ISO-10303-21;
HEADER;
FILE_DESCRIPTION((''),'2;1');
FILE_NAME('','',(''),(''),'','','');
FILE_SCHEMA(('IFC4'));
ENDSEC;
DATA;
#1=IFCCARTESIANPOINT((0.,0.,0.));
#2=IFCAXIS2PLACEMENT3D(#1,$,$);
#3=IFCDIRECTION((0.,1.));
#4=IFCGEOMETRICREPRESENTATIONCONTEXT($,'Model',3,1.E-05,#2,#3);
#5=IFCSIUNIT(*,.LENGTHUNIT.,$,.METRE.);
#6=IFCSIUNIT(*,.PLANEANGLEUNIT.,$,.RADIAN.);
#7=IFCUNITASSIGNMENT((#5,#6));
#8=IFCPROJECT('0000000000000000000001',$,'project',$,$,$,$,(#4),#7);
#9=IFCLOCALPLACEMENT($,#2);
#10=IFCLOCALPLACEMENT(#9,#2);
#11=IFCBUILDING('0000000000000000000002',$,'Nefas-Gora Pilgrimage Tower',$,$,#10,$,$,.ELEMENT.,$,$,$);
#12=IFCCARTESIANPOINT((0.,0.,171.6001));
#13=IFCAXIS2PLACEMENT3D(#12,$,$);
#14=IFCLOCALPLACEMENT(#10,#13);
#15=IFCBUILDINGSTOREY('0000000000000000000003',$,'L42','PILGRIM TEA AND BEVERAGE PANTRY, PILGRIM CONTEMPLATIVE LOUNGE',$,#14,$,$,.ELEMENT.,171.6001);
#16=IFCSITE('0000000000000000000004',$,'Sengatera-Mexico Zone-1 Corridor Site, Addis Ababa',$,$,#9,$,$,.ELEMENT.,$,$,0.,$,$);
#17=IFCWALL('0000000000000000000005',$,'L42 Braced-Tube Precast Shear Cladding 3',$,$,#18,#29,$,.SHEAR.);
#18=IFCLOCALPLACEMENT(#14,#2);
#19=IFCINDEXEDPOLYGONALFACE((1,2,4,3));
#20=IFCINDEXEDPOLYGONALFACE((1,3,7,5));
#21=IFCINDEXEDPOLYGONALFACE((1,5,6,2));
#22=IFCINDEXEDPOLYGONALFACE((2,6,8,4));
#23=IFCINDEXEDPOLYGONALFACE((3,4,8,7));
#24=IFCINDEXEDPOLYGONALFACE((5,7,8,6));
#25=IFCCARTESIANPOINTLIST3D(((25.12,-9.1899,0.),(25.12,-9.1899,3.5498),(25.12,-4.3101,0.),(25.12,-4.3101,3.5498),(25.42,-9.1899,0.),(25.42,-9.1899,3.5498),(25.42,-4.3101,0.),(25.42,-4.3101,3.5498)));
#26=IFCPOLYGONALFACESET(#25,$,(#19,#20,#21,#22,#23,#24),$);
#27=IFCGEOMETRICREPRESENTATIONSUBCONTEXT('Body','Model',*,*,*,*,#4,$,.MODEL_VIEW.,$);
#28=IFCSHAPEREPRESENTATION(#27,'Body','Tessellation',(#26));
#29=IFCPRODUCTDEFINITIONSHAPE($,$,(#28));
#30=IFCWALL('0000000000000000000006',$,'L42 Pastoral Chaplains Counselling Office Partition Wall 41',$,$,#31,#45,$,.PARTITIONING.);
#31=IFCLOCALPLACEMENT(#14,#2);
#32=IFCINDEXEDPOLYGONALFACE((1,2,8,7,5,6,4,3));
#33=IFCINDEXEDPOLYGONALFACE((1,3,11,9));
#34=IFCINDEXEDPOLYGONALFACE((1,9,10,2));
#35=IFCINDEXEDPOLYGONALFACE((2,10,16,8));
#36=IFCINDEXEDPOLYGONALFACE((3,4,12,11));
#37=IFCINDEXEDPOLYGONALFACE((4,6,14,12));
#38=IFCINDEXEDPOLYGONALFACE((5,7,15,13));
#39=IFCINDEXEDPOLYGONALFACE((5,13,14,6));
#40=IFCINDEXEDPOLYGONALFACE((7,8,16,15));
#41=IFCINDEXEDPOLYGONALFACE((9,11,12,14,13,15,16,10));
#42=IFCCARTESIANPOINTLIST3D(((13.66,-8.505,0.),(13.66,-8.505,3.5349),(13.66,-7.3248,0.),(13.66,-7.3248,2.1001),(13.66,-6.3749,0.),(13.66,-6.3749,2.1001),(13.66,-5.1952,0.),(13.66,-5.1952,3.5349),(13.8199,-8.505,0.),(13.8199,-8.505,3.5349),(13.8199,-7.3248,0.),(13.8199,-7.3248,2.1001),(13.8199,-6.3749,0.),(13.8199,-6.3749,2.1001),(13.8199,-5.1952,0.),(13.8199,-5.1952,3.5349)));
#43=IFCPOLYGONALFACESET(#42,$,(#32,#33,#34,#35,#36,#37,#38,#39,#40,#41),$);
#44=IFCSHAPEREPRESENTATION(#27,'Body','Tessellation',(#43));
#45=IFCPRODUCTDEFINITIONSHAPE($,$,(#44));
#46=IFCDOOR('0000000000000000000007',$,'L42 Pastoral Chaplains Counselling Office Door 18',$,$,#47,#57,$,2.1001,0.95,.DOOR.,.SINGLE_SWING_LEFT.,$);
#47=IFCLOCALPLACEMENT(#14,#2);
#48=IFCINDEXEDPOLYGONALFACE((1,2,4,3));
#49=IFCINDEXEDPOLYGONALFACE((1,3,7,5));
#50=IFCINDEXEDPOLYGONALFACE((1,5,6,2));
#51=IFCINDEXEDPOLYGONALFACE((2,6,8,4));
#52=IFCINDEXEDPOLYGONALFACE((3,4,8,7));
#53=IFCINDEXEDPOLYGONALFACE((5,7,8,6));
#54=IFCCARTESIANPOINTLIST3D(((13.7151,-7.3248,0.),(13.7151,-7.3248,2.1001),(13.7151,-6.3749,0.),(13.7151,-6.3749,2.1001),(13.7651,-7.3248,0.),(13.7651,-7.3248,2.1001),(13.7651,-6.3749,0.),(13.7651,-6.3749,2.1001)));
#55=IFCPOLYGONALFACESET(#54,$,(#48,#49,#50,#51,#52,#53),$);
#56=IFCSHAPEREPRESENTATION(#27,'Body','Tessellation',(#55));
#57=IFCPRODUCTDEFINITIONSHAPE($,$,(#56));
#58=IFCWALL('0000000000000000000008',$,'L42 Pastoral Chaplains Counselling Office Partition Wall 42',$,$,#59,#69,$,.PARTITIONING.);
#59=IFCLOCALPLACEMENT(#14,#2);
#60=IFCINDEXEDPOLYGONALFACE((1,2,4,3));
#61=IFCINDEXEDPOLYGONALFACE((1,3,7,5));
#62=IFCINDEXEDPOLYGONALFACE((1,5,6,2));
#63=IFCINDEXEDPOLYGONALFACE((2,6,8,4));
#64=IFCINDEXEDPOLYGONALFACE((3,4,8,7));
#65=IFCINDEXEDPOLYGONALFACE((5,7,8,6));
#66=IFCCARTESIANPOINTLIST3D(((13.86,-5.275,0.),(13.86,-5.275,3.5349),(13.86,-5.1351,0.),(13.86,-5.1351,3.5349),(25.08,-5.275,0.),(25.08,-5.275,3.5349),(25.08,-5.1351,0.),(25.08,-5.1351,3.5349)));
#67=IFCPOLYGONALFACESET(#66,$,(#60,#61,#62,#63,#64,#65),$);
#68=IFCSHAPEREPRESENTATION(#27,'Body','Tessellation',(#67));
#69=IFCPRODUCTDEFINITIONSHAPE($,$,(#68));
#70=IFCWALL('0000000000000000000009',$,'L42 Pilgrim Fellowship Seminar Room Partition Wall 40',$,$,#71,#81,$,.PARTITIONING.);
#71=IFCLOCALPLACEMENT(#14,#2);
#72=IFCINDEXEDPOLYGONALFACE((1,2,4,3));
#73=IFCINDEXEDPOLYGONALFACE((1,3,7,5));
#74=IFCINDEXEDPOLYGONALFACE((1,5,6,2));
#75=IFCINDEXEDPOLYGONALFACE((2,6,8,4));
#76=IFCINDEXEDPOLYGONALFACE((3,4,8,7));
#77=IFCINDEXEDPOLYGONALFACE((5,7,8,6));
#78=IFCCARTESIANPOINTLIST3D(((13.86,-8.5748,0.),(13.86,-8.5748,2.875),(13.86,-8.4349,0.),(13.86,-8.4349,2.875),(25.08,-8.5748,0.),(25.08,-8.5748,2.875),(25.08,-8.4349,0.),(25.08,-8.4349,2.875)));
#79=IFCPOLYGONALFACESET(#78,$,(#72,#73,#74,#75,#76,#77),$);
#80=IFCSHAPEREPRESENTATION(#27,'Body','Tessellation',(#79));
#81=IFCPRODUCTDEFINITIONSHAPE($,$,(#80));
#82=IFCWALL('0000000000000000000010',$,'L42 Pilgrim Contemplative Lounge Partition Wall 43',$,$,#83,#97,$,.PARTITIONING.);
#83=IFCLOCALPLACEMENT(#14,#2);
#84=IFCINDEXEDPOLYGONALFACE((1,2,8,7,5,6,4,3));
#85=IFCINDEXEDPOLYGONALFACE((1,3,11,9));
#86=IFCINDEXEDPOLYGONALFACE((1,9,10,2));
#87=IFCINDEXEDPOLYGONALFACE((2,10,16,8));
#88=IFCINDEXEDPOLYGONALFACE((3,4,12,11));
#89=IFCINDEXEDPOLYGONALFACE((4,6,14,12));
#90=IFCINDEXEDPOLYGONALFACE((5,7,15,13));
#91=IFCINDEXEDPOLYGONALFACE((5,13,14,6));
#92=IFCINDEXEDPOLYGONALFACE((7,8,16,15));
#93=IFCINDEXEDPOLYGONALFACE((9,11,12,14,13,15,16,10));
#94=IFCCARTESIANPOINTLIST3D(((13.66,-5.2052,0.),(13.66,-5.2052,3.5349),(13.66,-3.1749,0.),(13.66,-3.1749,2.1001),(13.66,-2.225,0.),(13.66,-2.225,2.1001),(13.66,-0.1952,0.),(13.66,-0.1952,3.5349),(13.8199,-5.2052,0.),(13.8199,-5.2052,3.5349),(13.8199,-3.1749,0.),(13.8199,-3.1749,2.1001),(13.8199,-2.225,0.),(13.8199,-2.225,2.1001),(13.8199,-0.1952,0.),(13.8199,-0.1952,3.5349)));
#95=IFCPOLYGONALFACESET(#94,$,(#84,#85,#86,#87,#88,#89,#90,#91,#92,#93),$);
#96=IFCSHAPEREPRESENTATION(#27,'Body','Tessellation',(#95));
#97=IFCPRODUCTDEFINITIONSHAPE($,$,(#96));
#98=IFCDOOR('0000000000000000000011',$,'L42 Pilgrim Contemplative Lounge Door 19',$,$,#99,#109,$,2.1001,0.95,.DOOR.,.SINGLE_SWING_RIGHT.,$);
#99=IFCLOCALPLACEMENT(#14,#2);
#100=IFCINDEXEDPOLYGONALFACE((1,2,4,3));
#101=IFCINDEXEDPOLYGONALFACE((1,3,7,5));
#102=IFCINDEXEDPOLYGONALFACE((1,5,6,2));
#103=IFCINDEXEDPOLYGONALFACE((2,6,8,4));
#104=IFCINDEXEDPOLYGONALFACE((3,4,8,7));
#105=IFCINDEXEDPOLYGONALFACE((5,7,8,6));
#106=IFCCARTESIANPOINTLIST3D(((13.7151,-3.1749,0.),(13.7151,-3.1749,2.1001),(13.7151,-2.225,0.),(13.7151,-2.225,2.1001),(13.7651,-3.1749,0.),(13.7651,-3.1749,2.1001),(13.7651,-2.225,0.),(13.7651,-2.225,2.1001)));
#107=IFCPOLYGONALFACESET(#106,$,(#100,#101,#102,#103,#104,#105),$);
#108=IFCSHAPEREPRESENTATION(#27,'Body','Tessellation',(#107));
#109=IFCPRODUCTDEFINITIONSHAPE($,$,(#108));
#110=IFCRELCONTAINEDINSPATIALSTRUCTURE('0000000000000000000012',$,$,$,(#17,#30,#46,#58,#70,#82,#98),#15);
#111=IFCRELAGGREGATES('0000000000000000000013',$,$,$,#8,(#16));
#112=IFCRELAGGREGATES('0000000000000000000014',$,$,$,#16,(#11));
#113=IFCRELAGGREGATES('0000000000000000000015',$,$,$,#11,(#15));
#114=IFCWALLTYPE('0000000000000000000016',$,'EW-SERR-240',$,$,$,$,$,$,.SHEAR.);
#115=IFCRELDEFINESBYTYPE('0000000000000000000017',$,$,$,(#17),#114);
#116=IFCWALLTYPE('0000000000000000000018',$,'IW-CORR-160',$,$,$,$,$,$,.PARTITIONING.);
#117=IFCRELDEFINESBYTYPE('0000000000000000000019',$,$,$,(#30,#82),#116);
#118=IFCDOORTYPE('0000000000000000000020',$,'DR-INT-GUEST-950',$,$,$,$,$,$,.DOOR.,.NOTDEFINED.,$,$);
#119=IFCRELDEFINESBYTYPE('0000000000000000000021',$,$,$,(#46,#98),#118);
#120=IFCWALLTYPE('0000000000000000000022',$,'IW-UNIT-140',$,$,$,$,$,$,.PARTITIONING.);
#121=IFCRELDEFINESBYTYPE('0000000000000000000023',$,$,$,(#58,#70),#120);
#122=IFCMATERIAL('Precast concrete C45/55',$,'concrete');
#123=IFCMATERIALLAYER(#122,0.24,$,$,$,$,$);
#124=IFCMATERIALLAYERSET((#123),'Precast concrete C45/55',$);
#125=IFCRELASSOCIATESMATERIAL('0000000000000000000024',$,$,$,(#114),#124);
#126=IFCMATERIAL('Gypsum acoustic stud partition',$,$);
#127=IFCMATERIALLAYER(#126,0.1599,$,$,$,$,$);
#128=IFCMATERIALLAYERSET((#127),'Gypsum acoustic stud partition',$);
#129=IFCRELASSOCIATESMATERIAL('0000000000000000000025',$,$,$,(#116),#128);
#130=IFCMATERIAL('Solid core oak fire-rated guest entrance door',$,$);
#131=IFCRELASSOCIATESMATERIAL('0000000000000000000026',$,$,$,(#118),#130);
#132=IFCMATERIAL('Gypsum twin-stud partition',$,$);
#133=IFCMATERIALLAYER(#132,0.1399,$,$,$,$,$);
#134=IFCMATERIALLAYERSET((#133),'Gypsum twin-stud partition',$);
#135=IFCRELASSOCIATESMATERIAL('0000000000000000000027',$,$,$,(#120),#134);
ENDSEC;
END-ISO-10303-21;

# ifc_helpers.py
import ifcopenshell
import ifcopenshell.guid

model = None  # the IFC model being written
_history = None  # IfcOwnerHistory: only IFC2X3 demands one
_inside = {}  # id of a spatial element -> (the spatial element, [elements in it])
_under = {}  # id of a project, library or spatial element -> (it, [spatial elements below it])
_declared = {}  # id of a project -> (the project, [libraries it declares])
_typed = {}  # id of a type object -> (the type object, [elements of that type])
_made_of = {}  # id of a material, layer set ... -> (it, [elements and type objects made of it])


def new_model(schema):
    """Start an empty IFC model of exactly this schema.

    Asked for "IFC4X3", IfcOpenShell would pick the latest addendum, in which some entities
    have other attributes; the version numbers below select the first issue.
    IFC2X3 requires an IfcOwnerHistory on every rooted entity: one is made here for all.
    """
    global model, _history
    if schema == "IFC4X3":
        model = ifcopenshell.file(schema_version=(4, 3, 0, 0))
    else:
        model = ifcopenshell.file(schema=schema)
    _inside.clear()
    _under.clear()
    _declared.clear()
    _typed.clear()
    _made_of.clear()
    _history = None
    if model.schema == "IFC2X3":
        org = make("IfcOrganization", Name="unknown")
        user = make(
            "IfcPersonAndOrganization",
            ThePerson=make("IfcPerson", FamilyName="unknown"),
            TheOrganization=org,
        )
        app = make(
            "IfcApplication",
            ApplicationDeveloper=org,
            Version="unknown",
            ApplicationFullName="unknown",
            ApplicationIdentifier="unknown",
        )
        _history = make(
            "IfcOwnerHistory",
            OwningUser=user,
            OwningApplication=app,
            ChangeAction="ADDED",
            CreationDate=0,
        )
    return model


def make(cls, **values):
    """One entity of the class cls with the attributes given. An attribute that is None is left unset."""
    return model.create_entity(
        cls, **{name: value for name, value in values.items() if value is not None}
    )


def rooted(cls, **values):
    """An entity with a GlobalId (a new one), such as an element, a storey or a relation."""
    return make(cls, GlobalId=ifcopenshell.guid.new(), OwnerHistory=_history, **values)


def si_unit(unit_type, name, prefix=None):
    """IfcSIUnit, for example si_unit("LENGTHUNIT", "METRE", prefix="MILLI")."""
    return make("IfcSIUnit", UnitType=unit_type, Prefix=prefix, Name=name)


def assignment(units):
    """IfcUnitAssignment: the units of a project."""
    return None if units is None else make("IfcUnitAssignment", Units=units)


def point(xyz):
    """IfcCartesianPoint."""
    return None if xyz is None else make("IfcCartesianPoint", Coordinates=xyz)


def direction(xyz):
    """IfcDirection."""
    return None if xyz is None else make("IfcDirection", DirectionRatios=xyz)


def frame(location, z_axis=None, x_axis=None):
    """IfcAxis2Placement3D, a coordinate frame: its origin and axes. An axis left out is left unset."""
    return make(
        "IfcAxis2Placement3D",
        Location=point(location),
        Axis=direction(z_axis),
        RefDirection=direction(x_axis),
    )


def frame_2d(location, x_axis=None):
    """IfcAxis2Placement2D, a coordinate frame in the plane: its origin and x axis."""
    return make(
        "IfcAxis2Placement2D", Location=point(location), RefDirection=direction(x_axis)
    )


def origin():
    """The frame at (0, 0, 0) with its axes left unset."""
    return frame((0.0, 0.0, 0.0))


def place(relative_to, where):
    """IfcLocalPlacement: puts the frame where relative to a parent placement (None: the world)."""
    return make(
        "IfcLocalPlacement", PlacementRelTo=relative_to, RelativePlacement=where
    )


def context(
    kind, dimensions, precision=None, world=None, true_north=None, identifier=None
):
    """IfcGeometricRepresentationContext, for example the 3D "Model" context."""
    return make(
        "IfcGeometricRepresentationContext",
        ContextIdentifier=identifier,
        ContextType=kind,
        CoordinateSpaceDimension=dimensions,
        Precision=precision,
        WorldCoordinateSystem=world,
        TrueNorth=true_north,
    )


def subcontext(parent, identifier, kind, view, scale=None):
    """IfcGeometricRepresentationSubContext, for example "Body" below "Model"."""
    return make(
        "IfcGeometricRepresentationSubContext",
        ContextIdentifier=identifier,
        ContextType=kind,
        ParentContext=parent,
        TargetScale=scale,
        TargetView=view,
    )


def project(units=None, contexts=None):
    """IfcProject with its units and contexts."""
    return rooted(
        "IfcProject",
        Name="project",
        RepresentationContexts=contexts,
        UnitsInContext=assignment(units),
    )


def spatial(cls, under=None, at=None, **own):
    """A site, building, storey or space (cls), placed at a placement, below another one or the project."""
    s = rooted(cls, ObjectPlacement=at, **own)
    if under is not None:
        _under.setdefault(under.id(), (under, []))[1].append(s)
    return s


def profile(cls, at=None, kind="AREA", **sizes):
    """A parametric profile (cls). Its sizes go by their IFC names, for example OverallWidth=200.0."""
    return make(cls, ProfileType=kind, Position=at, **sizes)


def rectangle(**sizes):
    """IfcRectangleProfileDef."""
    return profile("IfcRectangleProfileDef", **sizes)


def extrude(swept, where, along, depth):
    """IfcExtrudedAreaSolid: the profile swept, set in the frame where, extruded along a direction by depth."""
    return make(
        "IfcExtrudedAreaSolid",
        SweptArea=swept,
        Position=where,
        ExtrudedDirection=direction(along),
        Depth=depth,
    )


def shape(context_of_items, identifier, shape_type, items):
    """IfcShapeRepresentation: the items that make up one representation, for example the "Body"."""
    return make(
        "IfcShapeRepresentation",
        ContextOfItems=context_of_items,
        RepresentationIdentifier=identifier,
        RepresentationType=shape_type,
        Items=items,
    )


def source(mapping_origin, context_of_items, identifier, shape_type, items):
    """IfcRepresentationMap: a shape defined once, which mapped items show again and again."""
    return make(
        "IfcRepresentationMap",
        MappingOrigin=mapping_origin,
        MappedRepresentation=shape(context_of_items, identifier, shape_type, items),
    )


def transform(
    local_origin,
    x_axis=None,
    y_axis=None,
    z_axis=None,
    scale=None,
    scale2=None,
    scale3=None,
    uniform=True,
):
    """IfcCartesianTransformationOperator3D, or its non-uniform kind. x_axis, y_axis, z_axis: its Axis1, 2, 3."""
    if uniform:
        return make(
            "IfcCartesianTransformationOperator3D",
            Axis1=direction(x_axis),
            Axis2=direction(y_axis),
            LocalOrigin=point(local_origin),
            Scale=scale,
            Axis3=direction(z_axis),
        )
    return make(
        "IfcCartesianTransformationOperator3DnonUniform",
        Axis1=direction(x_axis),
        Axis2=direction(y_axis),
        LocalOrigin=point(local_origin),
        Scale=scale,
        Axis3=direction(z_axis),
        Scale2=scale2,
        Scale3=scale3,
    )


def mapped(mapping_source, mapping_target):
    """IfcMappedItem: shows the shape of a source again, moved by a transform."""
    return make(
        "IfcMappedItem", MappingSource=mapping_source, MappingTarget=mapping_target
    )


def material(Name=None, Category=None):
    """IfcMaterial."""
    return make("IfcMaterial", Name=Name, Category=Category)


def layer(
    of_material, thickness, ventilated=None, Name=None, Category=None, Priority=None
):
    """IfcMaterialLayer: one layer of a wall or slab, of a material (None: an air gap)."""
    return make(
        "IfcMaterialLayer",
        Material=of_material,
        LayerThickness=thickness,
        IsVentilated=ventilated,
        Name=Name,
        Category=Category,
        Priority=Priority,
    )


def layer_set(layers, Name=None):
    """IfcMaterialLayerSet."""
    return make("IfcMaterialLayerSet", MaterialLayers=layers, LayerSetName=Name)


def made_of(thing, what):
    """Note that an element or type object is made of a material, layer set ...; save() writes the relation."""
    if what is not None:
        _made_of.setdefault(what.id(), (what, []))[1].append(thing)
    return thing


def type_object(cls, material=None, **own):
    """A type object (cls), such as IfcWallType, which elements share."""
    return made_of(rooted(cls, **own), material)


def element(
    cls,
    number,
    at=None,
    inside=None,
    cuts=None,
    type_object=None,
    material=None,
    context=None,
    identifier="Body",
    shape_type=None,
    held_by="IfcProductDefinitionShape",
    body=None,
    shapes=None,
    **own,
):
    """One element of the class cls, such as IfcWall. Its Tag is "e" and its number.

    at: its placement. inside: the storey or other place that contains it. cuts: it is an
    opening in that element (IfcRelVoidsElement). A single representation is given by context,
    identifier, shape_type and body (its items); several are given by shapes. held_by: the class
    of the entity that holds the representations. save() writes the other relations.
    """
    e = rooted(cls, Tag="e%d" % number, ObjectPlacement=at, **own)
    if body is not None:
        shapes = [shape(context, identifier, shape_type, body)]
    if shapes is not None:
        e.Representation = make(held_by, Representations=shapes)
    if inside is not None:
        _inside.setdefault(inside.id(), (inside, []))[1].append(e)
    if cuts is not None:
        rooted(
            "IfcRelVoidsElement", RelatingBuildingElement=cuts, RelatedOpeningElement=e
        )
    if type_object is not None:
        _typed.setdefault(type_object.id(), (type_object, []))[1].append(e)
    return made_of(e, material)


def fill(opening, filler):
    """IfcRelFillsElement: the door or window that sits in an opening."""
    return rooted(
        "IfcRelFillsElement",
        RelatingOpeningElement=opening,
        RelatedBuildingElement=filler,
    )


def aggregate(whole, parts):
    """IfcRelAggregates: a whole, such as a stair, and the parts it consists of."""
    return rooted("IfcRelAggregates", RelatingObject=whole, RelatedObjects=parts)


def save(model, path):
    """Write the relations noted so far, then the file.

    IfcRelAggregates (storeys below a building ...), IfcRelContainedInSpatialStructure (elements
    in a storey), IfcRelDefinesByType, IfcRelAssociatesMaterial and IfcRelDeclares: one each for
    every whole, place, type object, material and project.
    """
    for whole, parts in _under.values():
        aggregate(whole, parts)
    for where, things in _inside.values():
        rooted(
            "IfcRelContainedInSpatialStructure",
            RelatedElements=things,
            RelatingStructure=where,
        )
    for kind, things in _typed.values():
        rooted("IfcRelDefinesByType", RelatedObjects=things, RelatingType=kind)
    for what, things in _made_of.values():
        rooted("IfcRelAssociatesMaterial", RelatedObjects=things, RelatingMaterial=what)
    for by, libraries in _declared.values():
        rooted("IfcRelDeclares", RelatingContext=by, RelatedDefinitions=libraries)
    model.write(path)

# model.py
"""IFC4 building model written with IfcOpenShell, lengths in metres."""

from ifc_helpers import new_model, si_unit, direction, frame, frame_2d, origin, place, context, subcontext, project, spatial, rectangle, extrude, source, transform, mapped, material, layer, layer_set, type_object, element, fill, save


model = new_model("IFC4")

# Units and contexts
model_context = context("Model", 3, precision=1e-05, world=origin(), true_north=direction((0.0, 1.0)))
body_context = subcontext(model_context, "Body", "Model", "MODEL_VIEW")
ifc_project = project(units=[si_unit("LENGTHUNIT", "METRE"), si_unit("PLANEANGLEUNIT", "RADIAN")], contexts=[model_context])

# Site, building, storey
site_placement = place(None, origin())
site = spatial("IfcSite", under=ifc_project, at=site_placement, Name="Sengatera-Mexico Zone-1 Corridor Site, Addis Ababa", CompositionType="ELEMENT", RefElevation=0.0)
building_placement = place(site_placement, origin())
building = spatial("IfcBuilding", under=site, at=building_placement, Name="Nefas-Gora Pilgrimage Tower", CompositionType="ELEMENT")
storey_placement = place(building_placement, frame((0.0, 0.0, 171.6001)))
storey = spatial("IfcBuildingStorey", under=building, at=storey_placement, Name="L42", Description="PILGRIM TEA AND BEVERAGE PANTRY, PILGRIM CONTEMPLATIVE LOUNGE", CompositionType="ELEMENT", Elevation=171.6001)

# Wall
ifc_material_1 = material(Name="Precast concrete C45/55", Category="concrete")
ifc_layer_1 = layer(ifc_material_1, 0.24)
ifc_layer_set_1 = layer_set([ifc_layer_1], Name="Precast concrete C45/55")
wall_type_1 = type_object("IfcWallType", Name="EW-SERR-240", PredefinedType="SHEAR", material=ifc_layer_set_1)
shared_shape_1 = source(origin(), body_context, "Body", "SweptSolid", [
    extrude(rectangle(XDim=4.8799, YDim=0.3, at=frame_2d((2.4399, 0.0))), origin(), (0.0, 0.0, 1.0), 3.5498),
])
wall_1_placement = place(storey_placement, frame((25.27, -9.1899, 0.0), z_axis=(0.0, 0.0, 1.0), x_axis=(0.0, 1.0, 0.0)))
element("IfcWall", 1, at=wall_1_placement, inside=storey, type_object=wall_type_1, Name="L42 Braced-Tube Precast Shear Cladding 3", PredefinedType="SHEAR", context=body_context, shape_type="MappedRepresentation", body=[
    mapped(shared_shape_1, transform((0.0, 0.0, 0.0), x_axis=(1.0, 0.0, 0.0), y_axis=(0.0, 1.0, 0.0), z_axis=(0.0, 0.0, 1.0), scale=1.0)),
])

# Wall, opening, door
ifc_material_2 = material(Name="Gypsum acoustic stud partition")
ifc_layer_2 = layer(ifc_material_2, 0.1599)
ifc_layer_set_2 = layer_set([ifc_layer_2], Name="Gypsum acoustic stud partition")
wall_type_2 = type_object("IfcWallType", Name="IW-CORR-160", PredefinedType="PARTITIONING", material=ifc_layer_set_2)
shared_shape_2 = source(origin(), body_context, "Body", "SweptSolid", [
    extrude(rectangle(XDim=3.3098, YDim=0.1599, at=frame_2d((1.6548, 0.0))), origin(), (0.0, 0.0, 1.0), 3.5349),
])
wall_2_placement = place(storey_placement, frame((13.74, -8.5049, 0.0), z_axis=(0.0, 0.0, 1.0), x_axis=(0.0, 1.0, 0.0)))
wall_2 = element("IfcWall", 2, at=wall_2_placement, inside=storey, type_object=wall_type_2, Name="L42 Pastoral Chaplains Counselling Office Partition Wall 41", PredefinedType="PARTITIONING", context=body_context, shape_type="MappedRepresentation", body=[
    mapped(shared_shape_2, transform((0.0, 0.0, 0.0), x_axis=(1.0, 0.0, 0.0), y_axis=(0.0, 1.0, 0.0), z_axis=(0.0, 0.0, 1.0), scale=1.0)),
])
opening_1_placement = place(wall_2_placement, frame((1.1799, 0.0, 0.0)))
opening_1 = element("IfcOpeningElement", 3, at=opening_1_placement, cuts=wall_2, PredefinedType="OPENING", context=body_context, shape_type="SweptSolid", body=[
    extrude(rectangle(XDim=0.95, YDim=2.1001, at=frame_2d((0.4751, 1.05))), frame((0.0, 0.0898, 0.0), z_axis=(0.0, -1.0, 0.0), x_axis=(1.0, 0.0, 0.0)), (0.0, 0.0, 1.0), 0.1799),
])
ifc_material_3 = material(Name="Solid core oak fire-rated guest entrance door")
door_type_1 = type_object("IfcDoorType", Name="DR-INT-GUEST-950", OperationType="NOTDEFINED", PredefinedType="DOOR", material=ifc_material_3)
shared_shape_3 = source(origin(), body_context, "Body", "SweptSolid", [
    extrude(rectangle(XDim=0.95, YDim=2.1001, at=frame_2d((0.4751, 1.05))), frame((0.0, 0.0249, 0.0), z_axis=(0.0, -1.0, 0.0), x_axis=(1.0, 0.0, 0.0)), (0.0, 0.0, 1.0), 0.05),
])
door_1_placement = place(opening_1_placement, origin())
door_1 = element("IfcDoor", 4, at=door_1_placement, inside=storey, type_object=door_type_1, Name="L42 Pastoral Chaplains Counselling Office Door 18", OperationType="SINGLE_SWING_LEFT", OverallHeight=2.1001, OverallWidth=0.95, PredefinedType="DOOR", context=body_context, shape_type="MappedRepresentation", body=[
    mapped(shared_shape_3, transform((0.0, 0.0, 0.0), x_axis=(1.0, 0.0, 0.0), y_axis=(0.0, 1.0, 0.0), z_axis=(0.0, 0.0, 1.0), scale=1.0)),
])
fill(opening_1, door_1)

# Walls
ifc_material_4 = material(Name="Gypsum twin-stud partition")
ifc_layer_3 = layer(ifc_material_4, 0.1399)
ifc_layer_set_3 = layer_set([ifc_layer_3], Name="Gypsum twin-stud partition")
wall_type_3 = type_object("IfcWallType", Name="IW-UNIT-140", PredefinedType="PARTITIONING", material=ifc_layer_set_3)
shared_shape_4 = source(origin(), body_context, "Body", "SweptSolid", [
    extrude(rectangle(XDim=11.22, YDim=0.1399, at=frame_2d((5.6099, 0.0))), origin(), (0.0, 0.0, 1.0), 3.5349),
])
wall_3_placement = place(storey_placement, frame((13.8601, -5.2051, 0.0), z_axis=(0.0, 0.0, 1.0), x_axis=(1.0, 0.0, 0.0)))
element("IfcWall", 5, at=wall_3_placement, inside=storey, type_object=wall_type_3, Name="L42 Pastoral Chaplains Counselling Office Partition Wall 42", PredefinedType="PARTITIONING", context=body_context, shape_type="MappedRepresentation", body=[
    mapped(shared_shape_4, transform((0.0, 0.0, 0.0), x_axis=(1.0, 0.0, 0.0), y_axis=(0.0, 1.0, 0.0), z_axis=(0.0, 0.0, 1.0), scale=1.0)),
])
shared_shape_5 = source(origin(), body_context, "Body", "SweptSolid", [
    extrude(rectangle(XDim=11.22, YDim=0.1399, at=frame_2d((5.6099, 0.0))), origin(), (0.0, 0.0, 1.0), 2.875),
])
wall_4_placement = place(storey_placement, frame((13.8601, -8.5049, 0.0), z_axis=(0.0, 0.0, 1.0), x_axis=(1.0, 0.0, 0.0)))
element("IfcWall", 6, at=wall_4_placement, inside=storey, type_object=wall_type_3, Name="L42 Pilgrim Fellowship Seminar Room Partition Wall 40", PredefinedType="PARTITIONING", context=body_context, shape_type="MappedRepresentation", body=[
    mapped(shared_shape_5, transform((0.0, 0.0, 0.0), x_axis=(1.0, 0.0, 0.0), y_axis=(0.0, 1.0, 0.0), z_axis=(0.0, 0.0, 1.0), scale=1.0)),
])

# Wall, opening, door
shared_shape_6 = source(origin(), body_context, "Body", "SweptSolid", [
    extrude(rectangle(XDim=5.01, YDim=0.1599, at=frame_2d((2.5049, 0.0))), origin(), (0.0, 0.0, 1.0), 3.5349),
])
wall_5_placement = place(storey_placement, frame((13.74, -5.2051, 0.0), z_axis=(0.0, 0.0, 1.0), x_axis=(0.0, 1.0, 0.0)))
wall_5 = element("IfcWall", 7, at=wall_5_placement, inside=storey, type_object=wall_type_2, Name="L42 Pilgrim Contemplative Lounge Partition Wall 43", PredefinedType="PARTITIONING", context=body_context, shape_type="MappedRepresentation", body=[
    mapped(shared_shape_6, transform((0.0, 0.0, 0.0), x_axis=(1.0, 0.0, 0.0), y_axis=(0.0, 1.0, 0.0), z_axis=(0.0, 0.0, 1.0), scale=1.0)),
])
opening_2_placement = place(wall_5_placement, frame((2.03, 0.0, 0.0)))
opening_2 = element("IfcOpeningElement", 8, at=opening_2_placement, cuts=wall_5, PredefinedType="OPENING", context=body_context, shape_type="SweptSolid", body=[
    extrude(rectangle(XDim=0.95, YDim=2.1001, at=frame_2d((0.4751, 1.05))), frame((0.0, 0.0898, 0.0), z_axis=(0.0, -1.0, 0.0), x_axis=(1.0, 0.0, 0.0)), (0.0, 0.0, 1.0), 0.1799),
])
door_2_placement = place(opening_2_placement, origin())
door_2 = element("IfcDoor", 9, at=door_2_placement, inside=storey, type_object=door_type_1, Name="L42 Pilgrim Contemplative Lounge Door 19", OperationType="SINGLE_SWING_RIGHT", OverallHeight=2.1001, OverallWidth=0.95, PredefinedType="DOOR", context=body_context, shape_type="MappedRepresentation", body=[
    mapped(shared_shape_3, transform((0.0, 0.0, 0.0), x_axis=(1.0, 0.0, 0.0), y_axis=(0.0, 1.0, 0.0), z_axis=(0.0, 0.0, 1.0), scale=1.0)),
])
fill(opening_2, door_2)

save(model, "model.ifc")
